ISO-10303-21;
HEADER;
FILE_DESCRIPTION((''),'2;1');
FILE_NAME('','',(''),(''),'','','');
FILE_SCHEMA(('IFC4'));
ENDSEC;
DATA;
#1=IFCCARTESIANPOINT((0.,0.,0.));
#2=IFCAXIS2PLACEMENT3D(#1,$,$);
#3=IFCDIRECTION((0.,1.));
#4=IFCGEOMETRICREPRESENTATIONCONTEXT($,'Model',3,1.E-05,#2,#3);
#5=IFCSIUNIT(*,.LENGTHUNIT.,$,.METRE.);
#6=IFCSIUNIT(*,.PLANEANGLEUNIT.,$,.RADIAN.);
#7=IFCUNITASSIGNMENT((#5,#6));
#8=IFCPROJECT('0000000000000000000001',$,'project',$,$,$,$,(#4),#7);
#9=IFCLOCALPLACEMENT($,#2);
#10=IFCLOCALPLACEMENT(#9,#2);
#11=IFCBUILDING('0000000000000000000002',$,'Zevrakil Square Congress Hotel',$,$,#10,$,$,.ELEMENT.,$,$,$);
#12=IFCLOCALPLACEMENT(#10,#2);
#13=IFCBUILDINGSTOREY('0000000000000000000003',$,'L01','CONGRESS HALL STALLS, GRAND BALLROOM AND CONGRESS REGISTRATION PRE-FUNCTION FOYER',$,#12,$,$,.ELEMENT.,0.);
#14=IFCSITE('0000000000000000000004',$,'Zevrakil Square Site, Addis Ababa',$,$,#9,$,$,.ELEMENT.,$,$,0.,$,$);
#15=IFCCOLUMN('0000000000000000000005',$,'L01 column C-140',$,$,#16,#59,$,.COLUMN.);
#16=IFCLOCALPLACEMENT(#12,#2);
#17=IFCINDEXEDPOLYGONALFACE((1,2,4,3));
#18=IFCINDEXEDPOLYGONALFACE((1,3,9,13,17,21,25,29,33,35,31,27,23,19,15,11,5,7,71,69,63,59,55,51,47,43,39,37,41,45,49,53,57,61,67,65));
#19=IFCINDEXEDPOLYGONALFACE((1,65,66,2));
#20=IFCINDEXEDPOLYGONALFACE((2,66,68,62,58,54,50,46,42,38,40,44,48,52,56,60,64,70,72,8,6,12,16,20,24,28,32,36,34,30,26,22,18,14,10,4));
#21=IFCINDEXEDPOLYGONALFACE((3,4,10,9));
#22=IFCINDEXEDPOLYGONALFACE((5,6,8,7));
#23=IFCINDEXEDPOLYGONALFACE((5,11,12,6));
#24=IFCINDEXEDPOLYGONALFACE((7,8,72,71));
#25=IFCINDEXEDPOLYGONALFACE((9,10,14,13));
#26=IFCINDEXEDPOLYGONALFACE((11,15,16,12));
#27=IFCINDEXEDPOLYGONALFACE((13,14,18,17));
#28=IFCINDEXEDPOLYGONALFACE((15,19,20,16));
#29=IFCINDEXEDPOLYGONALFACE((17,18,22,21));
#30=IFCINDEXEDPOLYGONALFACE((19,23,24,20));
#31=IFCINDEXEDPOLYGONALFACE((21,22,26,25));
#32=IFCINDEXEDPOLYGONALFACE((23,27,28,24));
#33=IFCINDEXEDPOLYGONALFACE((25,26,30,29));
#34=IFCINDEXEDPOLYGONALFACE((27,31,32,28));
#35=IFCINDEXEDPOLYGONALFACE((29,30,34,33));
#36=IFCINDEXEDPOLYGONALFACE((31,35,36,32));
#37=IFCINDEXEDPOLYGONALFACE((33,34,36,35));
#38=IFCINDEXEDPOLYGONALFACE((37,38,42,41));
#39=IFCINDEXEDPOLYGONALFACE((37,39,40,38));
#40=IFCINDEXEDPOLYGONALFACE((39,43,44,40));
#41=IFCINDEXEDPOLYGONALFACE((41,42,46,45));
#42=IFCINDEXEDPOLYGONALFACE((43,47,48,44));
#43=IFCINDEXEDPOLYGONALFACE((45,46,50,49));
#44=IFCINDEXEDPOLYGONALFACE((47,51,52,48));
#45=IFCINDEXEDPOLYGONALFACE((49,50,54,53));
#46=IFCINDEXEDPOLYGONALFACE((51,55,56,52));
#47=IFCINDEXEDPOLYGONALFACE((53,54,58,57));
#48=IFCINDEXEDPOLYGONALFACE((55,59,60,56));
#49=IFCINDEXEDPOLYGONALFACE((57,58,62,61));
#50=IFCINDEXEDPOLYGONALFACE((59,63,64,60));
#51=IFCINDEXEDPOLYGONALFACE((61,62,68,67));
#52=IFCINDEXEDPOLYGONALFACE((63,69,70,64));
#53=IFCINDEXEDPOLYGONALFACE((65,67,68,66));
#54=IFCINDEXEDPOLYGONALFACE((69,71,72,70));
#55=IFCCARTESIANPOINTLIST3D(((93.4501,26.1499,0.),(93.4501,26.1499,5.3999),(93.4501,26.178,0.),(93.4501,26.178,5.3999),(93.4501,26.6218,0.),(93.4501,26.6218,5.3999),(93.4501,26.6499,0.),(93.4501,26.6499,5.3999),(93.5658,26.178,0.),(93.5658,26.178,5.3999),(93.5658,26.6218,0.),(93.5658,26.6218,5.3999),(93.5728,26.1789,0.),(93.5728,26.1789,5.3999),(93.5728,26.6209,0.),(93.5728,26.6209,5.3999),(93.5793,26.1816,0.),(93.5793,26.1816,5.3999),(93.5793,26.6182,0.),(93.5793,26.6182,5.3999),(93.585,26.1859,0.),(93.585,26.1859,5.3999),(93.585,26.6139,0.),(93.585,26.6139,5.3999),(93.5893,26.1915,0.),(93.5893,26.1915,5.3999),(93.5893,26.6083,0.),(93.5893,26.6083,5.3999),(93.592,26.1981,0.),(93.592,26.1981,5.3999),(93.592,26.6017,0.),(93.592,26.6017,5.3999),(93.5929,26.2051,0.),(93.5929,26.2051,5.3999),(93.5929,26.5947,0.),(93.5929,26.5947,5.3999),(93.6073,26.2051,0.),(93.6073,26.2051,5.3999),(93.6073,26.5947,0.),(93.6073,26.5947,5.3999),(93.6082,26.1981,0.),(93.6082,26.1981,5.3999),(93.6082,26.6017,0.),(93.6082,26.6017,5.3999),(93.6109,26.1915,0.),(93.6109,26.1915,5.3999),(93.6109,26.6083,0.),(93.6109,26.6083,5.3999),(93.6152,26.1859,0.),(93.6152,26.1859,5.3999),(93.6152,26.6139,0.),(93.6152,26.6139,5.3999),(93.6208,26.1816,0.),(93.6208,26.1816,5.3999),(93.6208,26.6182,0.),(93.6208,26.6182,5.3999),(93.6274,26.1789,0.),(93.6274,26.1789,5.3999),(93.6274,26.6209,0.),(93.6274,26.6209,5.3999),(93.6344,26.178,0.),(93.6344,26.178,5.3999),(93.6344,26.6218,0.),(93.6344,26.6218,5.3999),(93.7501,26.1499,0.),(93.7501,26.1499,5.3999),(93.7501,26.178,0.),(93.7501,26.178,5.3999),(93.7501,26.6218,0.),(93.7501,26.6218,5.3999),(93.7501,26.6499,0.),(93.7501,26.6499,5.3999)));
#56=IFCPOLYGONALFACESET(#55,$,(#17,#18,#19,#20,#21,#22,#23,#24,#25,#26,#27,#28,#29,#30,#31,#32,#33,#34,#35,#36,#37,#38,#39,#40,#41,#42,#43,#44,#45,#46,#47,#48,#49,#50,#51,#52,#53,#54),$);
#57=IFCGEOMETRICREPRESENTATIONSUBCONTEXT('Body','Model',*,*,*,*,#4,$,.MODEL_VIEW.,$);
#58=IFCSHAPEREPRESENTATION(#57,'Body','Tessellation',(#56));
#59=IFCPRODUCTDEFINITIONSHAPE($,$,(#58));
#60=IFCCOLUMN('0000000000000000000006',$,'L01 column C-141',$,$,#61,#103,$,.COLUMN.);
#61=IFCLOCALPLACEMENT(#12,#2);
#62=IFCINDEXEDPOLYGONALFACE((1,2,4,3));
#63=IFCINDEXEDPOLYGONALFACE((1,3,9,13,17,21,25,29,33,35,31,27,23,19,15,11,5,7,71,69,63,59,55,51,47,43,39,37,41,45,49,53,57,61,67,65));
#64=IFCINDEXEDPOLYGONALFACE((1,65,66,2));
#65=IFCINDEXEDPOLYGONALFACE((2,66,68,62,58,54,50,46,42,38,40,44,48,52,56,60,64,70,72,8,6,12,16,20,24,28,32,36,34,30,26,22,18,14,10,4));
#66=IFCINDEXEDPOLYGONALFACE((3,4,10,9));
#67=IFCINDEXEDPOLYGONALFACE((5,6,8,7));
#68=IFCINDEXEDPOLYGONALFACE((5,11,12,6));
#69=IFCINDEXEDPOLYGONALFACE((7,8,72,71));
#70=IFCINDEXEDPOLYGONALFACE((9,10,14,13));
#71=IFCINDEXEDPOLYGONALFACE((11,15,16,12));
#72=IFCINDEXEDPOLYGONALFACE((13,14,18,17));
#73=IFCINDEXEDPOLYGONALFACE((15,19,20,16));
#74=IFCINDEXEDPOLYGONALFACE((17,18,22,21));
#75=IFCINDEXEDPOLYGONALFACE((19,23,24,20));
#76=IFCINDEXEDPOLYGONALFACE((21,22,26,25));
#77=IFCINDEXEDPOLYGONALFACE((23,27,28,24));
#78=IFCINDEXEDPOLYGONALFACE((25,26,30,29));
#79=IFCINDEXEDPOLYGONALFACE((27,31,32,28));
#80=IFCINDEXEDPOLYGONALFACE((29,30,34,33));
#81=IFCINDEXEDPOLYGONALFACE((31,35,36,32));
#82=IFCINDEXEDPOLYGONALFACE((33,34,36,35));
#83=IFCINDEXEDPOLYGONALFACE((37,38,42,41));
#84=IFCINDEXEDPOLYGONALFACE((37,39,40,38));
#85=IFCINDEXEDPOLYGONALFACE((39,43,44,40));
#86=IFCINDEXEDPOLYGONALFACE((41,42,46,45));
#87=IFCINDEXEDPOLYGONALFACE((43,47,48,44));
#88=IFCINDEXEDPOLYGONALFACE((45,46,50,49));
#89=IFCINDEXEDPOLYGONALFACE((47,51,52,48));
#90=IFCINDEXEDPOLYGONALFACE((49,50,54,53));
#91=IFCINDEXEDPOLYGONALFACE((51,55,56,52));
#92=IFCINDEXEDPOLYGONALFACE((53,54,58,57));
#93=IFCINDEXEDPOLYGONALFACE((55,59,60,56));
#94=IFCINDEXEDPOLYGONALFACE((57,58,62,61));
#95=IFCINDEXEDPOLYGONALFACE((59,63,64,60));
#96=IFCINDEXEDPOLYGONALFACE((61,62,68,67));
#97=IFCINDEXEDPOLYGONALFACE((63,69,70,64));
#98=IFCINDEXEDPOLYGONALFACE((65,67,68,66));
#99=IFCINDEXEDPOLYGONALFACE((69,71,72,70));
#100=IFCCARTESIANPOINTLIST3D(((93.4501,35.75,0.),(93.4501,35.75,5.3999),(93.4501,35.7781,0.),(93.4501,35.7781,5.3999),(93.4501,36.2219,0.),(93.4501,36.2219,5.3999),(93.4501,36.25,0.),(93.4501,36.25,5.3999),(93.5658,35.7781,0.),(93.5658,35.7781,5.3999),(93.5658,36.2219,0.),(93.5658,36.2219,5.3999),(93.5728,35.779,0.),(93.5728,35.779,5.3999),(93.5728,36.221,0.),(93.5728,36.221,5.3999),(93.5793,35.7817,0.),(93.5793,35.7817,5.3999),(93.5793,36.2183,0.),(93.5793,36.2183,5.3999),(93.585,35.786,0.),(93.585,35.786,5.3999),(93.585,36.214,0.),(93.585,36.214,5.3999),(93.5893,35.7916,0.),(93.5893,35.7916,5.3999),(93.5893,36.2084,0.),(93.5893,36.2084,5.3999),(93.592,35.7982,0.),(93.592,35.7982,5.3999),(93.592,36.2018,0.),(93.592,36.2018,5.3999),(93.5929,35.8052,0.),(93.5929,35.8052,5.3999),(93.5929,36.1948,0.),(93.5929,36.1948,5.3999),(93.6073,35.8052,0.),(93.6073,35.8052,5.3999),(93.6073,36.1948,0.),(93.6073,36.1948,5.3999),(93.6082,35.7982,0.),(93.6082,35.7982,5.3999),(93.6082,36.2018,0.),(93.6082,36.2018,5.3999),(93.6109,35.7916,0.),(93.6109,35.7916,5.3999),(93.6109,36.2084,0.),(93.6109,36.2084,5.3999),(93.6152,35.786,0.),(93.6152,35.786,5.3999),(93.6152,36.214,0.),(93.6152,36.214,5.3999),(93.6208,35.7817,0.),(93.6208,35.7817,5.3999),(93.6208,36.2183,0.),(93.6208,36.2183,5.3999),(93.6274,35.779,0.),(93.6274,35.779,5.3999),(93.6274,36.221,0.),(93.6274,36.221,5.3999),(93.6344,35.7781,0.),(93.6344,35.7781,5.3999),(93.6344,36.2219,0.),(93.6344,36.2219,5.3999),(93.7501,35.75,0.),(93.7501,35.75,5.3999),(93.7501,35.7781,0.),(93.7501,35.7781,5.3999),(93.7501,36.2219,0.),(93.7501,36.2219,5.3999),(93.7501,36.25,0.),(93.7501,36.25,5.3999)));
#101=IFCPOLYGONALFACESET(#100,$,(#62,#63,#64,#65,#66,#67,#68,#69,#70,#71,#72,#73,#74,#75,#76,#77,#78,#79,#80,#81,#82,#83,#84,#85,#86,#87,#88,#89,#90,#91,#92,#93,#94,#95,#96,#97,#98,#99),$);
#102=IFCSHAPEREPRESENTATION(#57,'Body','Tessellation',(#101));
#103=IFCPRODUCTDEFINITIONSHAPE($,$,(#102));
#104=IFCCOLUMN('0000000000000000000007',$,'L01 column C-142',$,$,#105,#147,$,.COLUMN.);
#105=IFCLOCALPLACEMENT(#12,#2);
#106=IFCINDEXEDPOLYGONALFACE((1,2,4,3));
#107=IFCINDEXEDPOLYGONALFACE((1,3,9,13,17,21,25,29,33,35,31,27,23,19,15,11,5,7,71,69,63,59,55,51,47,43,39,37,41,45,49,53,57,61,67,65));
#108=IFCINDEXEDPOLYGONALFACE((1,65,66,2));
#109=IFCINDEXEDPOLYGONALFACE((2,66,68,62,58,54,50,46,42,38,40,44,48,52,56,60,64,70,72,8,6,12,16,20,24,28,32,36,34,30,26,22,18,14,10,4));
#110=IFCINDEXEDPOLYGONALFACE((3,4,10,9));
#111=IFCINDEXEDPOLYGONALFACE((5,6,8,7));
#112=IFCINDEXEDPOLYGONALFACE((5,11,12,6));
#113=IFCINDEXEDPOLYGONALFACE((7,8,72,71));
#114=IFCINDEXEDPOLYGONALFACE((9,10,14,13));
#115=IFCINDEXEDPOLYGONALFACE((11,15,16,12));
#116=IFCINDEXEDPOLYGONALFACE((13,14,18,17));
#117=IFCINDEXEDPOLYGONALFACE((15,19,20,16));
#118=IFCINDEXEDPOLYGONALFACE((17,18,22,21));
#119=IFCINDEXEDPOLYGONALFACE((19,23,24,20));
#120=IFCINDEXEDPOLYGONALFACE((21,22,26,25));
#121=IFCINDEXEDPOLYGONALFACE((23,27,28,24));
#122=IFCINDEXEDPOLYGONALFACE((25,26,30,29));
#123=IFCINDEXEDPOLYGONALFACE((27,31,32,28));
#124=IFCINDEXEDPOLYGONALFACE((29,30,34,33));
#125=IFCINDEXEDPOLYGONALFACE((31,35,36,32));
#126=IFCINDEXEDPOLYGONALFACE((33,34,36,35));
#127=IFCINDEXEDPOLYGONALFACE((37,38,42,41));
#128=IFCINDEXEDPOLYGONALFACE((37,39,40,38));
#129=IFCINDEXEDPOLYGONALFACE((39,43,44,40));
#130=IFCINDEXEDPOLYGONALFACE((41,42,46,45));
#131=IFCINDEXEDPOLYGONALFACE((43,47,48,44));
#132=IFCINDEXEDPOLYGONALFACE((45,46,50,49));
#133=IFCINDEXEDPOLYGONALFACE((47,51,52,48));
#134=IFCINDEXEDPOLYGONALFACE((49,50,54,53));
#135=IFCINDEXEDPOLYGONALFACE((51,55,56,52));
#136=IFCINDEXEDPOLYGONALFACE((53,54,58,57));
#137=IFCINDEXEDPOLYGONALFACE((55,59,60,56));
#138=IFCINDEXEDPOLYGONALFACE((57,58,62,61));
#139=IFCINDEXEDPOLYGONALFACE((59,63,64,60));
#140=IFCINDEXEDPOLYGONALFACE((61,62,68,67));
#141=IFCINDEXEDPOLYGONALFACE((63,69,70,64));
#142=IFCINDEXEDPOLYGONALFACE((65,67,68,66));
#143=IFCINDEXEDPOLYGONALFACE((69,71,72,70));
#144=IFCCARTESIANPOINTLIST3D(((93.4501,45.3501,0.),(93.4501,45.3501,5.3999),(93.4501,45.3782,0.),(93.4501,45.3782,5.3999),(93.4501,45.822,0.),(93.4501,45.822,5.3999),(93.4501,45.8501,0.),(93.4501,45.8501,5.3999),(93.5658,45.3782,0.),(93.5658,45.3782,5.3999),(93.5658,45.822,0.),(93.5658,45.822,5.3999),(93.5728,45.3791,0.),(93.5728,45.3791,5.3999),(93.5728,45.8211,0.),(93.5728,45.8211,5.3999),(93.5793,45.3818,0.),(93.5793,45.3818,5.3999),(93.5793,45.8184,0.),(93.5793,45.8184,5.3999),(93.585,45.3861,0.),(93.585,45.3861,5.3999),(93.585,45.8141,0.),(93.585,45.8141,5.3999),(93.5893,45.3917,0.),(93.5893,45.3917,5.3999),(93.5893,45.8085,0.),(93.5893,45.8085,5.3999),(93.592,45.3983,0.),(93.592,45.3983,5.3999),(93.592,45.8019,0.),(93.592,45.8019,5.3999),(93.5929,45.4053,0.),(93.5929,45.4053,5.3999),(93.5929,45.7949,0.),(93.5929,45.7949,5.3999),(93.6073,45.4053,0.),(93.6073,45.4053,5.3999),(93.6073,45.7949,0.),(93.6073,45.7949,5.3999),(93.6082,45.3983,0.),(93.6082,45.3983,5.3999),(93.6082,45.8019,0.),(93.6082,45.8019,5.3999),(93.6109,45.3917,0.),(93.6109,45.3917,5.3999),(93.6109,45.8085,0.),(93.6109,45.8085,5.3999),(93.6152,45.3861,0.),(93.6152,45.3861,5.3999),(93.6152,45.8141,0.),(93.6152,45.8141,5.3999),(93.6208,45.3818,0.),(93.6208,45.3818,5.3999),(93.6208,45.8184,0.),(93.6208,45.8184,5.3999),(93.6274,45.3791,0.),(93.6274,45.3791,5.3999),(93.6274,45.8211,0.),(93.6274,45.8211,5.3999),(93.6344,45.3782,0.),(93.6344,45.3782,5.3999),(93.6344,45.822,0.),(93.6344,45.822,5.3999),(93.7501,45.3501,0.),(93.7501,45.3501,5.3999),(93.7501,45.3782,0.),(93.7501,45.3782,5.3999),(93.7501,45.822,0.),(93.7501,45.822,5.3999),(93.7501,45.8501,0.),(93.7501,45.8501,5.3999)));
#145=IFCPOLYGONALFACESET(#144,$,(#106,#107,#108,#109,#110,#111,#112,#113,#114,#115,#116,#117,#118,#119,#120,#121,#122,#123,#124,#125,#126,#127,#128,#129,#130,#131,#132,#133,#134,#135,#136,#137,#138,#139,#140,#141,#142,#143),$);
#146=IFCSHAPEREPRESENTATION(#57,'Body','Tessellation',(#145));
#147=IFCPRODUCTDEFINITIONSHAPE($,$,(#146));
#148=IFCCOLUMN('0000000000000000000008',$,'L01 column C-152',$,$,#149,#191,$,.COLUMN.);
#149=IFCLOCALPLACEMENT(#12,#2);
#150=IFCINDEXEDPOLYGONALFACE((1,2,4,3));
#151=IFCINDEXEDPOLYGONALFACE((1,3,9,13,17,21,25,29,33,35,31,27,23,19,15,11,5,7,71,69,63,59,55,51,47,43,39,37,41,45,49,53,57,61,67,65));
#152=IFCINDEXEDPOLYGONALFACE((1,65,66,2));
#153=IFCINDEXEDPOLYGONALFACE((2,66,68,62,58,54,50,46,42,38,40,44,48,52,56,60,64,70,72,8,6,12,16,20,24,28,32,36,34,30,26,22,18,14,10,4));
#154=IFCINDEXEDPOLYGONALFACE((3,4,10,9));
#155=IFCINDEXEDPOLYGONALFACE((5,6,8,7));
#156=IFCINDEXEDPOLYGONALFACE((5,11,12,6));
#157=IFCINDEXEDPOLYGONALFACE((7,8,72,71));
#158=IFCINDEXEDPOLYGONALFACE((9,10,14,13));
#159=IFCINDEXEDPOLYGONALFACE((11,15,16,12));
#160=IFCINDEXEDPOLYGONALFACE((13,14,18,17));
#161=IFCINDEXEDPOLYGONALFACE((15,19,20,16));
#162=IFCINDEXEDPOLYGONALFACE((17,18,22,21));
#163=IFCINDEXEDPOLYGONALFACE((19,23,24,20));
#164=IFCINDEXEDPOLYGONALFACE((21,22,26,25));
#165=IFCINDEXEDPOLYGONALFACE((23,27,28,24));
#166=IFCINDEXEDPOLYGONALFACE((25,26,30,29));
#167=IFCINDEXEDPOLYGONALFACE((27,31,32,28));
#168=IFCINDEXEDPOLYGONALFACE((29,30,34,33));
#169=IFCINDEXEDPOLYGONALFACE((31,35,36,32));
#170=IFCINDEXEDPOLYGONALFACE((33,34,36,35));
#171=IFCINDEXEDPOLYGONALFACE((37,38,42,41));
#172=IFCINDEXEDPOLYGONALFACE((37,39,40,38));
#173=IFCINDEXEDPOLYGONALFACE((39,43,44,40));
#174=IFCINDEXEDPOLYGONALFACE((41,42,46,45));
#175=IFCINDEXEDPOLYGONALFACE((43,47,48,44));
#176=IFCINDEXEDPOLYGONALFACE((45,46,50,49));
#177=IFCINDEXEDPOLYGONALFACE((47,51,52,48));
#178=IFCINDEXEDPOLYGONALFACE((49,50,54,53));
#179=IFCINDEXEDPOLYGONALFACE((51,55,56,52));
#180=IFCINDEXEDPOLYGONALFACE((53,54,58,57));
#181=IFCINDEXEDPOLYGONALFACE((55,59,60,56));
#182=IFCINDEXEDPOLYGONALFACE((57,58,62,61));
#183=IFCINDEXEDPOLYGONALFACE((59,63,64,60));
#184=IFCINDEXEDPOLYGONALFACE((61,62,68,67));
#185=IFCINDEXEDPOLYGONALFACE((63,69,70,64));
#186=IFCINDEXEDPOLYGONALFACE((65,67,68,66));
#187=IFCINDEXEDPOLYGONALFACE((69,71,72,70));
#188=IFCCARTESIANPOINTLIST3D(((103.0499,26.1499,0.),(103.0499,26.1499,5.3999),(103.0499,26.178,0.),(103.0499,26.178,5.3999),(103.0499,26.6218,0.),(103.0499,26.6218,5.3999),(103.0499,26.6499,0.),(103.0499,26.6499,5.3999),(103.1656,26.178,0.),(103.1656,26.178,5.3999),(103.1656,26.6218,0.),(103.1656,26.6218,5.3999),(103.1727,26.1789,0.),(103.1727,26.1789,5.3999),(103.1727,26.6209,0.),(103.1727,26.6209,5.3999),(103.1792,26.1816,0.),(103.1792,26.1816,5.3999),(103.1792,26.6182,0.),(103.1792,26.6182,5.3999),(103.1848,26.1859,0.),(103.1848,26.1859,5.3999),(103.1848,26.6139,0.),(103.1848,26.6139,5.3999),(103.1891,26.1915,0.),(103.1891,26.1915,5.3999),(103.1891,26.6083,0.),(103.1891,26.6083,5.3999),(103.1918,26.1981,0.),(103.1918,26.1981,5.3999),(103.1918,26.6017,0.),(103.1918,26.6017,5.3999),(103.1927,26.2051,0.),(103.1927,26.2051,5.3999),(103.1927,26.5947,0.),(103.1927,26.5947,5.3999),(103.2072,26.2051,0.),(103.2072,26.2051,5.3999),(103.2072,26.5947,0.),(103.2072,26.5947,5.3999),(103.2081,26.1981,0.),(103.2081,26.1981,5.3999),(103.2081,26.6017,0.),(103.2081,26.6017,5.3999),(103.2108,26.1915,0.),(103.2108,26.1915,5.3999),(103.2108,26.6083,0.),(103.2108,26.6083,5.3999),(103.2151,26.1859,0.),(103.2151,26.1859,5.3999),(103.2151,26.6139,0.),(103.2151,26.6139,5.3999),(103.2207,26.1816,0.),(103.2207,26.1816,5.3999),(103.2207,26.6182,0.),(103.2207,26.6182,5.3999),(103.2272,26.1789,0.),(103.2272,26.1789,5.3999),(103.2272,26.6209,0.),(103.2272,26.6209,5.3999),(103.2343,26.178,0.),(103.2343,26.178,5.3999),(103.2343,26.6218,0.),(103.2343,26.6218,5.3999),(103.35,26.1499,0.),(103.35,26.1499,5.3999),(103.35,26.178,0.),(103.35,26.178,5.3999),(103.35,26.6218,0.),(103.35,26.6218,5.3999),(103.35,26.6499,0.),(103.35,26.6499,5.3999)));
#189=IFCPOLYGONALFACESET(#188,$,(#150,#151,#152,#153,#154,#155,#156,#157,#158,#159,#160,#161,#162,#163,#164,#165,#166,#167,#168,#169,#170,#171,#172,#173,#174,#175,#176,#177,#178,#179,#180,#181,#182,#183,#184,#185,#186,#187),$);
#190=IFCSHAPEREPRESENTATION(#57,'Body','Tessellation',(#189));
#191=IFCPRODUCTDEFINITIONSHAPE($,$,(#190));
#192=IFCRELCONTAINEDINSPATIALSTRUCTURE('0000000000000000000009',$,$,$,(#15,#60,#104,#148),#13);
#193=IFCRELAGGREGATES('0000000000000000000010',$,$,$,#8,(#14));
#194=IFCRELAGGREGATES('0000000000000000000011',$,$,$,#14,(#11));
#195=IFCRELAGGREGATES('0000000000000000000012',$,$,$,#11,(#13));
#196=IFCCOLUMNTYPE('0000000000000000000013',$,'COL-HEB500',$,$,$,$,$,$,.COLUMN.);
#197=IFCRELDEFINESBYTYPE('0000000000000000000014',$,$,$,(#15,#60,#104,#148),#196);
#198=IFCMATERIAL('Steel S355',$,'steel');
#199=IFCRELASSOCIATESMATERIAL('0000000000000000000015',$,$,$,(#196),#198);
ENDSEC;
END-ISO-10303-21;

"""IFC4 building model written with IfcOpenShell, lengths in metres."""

from ifc_helpers import new_model, si_unit, direction, frame, origin, origin_2d, place, context, subcontext, project, spatial, i_section, extrude, material, material_profile, profile_set, type_object, element, save


model = new_model("IFC4")

# Units and contexts
model_context = context("Model", 3, precision=1e-05, world=origin(), true_north=direction((0.0, 1.0)))
body_context = subcontext(model_context, "Body", "Model", "MODEL_VIEW")
ifc_project = project(units=[si_unit("LENGTHUNIT", "METRE"), si_unit("PLANEANGLEUNIT", "RADIAN")], contexts=[model_context])

# Site, building, storey
site_placement = place(None, origin())
site = spatial("IfcSite", under=ifc_project, at=site_placement, Name="Zevrakil Square Site, Addis Ababa", CompositionType="ELEMENT", RefElevation=0.0)
building_placement = place(site_placement, origin())
building = spatial("IfcBuilding", under=site, at=building_placement, Name="Zevrakil Square Congress Hotel", CompositionType="ELEMENT")
storey_placement = place(building_placement, origin())
storey = spatial("IfcBuildingStorey", under=building, at=storey_placement, Name="L01", Description="CONGRESS HALL STALLS, GRAND BALLROOM AND CONGRESS REGISTRATION PRE-FUNCTION FOYER", CompositionType="ELEMENT", Elevation=0.0)

# Columns
ifc_material_1 = material(Name="Steel S355", Category="steel")
ifc_material_profile_1 = material_profile(ifc_material_1, i_section(OverallWidth=0.3, OverallDepth=0.5, WebThickness=0.0144, FlangeThickness=0.0281, FilletRadius=0.0271, at=origin_2d()), Name="HEB 500")
ifc_profile_set_1 = profile_set([ifc_material_profile_1], Name="Steel S355")
column_type = type_object("IfcColumnType", Name="COL-HEB500", PredefinedType="COLUMN", material=ifc_profile_set_1)
for number, where, z_axis, x_axis, name in (
    (1, (93.6001, 26.3999, 0.0), (0.0, 0.0, 1.0), (1.0, 0.0, 0.0), "L01 column C-140"),
    (2, (93.6001, 36.0, 0.0), (0.0, 0.0, 1.0), (1.0, 0.0, 0.0), "L01 column C-141"),
    (3, (93.6001, 45.6001, 0.0), (0.0, 0.0, 1.0), (1.0, 0.0, 0.0), "L01 column C-142"),
    (4, (103.2, 26.3999, 0.0), (0.0, 0.0, 1.0), (1.0, 0.0, 0.0), "L01 column C-152"),
):
    element("IfcColumn", number, at=place(storey_placement, frame(where, z_axis=z_axis, x_axis=x_axis)), inside=storey, type_object=column_type, Name=name, PredefinedType="COLUMN", context=body_context, shape_type="SweptSolid", body=[
        extrude(i_section(OverallWidth=0.3, OverallDepth=0.5, WebThickness=0.0144, FlangeThickness=0.0281, FilletRadius=0.0271, at=origin_2d()), origin(), (0.0, 0.0, 1.0), 5.3999),
    ])

save(model, "model.ifc")
